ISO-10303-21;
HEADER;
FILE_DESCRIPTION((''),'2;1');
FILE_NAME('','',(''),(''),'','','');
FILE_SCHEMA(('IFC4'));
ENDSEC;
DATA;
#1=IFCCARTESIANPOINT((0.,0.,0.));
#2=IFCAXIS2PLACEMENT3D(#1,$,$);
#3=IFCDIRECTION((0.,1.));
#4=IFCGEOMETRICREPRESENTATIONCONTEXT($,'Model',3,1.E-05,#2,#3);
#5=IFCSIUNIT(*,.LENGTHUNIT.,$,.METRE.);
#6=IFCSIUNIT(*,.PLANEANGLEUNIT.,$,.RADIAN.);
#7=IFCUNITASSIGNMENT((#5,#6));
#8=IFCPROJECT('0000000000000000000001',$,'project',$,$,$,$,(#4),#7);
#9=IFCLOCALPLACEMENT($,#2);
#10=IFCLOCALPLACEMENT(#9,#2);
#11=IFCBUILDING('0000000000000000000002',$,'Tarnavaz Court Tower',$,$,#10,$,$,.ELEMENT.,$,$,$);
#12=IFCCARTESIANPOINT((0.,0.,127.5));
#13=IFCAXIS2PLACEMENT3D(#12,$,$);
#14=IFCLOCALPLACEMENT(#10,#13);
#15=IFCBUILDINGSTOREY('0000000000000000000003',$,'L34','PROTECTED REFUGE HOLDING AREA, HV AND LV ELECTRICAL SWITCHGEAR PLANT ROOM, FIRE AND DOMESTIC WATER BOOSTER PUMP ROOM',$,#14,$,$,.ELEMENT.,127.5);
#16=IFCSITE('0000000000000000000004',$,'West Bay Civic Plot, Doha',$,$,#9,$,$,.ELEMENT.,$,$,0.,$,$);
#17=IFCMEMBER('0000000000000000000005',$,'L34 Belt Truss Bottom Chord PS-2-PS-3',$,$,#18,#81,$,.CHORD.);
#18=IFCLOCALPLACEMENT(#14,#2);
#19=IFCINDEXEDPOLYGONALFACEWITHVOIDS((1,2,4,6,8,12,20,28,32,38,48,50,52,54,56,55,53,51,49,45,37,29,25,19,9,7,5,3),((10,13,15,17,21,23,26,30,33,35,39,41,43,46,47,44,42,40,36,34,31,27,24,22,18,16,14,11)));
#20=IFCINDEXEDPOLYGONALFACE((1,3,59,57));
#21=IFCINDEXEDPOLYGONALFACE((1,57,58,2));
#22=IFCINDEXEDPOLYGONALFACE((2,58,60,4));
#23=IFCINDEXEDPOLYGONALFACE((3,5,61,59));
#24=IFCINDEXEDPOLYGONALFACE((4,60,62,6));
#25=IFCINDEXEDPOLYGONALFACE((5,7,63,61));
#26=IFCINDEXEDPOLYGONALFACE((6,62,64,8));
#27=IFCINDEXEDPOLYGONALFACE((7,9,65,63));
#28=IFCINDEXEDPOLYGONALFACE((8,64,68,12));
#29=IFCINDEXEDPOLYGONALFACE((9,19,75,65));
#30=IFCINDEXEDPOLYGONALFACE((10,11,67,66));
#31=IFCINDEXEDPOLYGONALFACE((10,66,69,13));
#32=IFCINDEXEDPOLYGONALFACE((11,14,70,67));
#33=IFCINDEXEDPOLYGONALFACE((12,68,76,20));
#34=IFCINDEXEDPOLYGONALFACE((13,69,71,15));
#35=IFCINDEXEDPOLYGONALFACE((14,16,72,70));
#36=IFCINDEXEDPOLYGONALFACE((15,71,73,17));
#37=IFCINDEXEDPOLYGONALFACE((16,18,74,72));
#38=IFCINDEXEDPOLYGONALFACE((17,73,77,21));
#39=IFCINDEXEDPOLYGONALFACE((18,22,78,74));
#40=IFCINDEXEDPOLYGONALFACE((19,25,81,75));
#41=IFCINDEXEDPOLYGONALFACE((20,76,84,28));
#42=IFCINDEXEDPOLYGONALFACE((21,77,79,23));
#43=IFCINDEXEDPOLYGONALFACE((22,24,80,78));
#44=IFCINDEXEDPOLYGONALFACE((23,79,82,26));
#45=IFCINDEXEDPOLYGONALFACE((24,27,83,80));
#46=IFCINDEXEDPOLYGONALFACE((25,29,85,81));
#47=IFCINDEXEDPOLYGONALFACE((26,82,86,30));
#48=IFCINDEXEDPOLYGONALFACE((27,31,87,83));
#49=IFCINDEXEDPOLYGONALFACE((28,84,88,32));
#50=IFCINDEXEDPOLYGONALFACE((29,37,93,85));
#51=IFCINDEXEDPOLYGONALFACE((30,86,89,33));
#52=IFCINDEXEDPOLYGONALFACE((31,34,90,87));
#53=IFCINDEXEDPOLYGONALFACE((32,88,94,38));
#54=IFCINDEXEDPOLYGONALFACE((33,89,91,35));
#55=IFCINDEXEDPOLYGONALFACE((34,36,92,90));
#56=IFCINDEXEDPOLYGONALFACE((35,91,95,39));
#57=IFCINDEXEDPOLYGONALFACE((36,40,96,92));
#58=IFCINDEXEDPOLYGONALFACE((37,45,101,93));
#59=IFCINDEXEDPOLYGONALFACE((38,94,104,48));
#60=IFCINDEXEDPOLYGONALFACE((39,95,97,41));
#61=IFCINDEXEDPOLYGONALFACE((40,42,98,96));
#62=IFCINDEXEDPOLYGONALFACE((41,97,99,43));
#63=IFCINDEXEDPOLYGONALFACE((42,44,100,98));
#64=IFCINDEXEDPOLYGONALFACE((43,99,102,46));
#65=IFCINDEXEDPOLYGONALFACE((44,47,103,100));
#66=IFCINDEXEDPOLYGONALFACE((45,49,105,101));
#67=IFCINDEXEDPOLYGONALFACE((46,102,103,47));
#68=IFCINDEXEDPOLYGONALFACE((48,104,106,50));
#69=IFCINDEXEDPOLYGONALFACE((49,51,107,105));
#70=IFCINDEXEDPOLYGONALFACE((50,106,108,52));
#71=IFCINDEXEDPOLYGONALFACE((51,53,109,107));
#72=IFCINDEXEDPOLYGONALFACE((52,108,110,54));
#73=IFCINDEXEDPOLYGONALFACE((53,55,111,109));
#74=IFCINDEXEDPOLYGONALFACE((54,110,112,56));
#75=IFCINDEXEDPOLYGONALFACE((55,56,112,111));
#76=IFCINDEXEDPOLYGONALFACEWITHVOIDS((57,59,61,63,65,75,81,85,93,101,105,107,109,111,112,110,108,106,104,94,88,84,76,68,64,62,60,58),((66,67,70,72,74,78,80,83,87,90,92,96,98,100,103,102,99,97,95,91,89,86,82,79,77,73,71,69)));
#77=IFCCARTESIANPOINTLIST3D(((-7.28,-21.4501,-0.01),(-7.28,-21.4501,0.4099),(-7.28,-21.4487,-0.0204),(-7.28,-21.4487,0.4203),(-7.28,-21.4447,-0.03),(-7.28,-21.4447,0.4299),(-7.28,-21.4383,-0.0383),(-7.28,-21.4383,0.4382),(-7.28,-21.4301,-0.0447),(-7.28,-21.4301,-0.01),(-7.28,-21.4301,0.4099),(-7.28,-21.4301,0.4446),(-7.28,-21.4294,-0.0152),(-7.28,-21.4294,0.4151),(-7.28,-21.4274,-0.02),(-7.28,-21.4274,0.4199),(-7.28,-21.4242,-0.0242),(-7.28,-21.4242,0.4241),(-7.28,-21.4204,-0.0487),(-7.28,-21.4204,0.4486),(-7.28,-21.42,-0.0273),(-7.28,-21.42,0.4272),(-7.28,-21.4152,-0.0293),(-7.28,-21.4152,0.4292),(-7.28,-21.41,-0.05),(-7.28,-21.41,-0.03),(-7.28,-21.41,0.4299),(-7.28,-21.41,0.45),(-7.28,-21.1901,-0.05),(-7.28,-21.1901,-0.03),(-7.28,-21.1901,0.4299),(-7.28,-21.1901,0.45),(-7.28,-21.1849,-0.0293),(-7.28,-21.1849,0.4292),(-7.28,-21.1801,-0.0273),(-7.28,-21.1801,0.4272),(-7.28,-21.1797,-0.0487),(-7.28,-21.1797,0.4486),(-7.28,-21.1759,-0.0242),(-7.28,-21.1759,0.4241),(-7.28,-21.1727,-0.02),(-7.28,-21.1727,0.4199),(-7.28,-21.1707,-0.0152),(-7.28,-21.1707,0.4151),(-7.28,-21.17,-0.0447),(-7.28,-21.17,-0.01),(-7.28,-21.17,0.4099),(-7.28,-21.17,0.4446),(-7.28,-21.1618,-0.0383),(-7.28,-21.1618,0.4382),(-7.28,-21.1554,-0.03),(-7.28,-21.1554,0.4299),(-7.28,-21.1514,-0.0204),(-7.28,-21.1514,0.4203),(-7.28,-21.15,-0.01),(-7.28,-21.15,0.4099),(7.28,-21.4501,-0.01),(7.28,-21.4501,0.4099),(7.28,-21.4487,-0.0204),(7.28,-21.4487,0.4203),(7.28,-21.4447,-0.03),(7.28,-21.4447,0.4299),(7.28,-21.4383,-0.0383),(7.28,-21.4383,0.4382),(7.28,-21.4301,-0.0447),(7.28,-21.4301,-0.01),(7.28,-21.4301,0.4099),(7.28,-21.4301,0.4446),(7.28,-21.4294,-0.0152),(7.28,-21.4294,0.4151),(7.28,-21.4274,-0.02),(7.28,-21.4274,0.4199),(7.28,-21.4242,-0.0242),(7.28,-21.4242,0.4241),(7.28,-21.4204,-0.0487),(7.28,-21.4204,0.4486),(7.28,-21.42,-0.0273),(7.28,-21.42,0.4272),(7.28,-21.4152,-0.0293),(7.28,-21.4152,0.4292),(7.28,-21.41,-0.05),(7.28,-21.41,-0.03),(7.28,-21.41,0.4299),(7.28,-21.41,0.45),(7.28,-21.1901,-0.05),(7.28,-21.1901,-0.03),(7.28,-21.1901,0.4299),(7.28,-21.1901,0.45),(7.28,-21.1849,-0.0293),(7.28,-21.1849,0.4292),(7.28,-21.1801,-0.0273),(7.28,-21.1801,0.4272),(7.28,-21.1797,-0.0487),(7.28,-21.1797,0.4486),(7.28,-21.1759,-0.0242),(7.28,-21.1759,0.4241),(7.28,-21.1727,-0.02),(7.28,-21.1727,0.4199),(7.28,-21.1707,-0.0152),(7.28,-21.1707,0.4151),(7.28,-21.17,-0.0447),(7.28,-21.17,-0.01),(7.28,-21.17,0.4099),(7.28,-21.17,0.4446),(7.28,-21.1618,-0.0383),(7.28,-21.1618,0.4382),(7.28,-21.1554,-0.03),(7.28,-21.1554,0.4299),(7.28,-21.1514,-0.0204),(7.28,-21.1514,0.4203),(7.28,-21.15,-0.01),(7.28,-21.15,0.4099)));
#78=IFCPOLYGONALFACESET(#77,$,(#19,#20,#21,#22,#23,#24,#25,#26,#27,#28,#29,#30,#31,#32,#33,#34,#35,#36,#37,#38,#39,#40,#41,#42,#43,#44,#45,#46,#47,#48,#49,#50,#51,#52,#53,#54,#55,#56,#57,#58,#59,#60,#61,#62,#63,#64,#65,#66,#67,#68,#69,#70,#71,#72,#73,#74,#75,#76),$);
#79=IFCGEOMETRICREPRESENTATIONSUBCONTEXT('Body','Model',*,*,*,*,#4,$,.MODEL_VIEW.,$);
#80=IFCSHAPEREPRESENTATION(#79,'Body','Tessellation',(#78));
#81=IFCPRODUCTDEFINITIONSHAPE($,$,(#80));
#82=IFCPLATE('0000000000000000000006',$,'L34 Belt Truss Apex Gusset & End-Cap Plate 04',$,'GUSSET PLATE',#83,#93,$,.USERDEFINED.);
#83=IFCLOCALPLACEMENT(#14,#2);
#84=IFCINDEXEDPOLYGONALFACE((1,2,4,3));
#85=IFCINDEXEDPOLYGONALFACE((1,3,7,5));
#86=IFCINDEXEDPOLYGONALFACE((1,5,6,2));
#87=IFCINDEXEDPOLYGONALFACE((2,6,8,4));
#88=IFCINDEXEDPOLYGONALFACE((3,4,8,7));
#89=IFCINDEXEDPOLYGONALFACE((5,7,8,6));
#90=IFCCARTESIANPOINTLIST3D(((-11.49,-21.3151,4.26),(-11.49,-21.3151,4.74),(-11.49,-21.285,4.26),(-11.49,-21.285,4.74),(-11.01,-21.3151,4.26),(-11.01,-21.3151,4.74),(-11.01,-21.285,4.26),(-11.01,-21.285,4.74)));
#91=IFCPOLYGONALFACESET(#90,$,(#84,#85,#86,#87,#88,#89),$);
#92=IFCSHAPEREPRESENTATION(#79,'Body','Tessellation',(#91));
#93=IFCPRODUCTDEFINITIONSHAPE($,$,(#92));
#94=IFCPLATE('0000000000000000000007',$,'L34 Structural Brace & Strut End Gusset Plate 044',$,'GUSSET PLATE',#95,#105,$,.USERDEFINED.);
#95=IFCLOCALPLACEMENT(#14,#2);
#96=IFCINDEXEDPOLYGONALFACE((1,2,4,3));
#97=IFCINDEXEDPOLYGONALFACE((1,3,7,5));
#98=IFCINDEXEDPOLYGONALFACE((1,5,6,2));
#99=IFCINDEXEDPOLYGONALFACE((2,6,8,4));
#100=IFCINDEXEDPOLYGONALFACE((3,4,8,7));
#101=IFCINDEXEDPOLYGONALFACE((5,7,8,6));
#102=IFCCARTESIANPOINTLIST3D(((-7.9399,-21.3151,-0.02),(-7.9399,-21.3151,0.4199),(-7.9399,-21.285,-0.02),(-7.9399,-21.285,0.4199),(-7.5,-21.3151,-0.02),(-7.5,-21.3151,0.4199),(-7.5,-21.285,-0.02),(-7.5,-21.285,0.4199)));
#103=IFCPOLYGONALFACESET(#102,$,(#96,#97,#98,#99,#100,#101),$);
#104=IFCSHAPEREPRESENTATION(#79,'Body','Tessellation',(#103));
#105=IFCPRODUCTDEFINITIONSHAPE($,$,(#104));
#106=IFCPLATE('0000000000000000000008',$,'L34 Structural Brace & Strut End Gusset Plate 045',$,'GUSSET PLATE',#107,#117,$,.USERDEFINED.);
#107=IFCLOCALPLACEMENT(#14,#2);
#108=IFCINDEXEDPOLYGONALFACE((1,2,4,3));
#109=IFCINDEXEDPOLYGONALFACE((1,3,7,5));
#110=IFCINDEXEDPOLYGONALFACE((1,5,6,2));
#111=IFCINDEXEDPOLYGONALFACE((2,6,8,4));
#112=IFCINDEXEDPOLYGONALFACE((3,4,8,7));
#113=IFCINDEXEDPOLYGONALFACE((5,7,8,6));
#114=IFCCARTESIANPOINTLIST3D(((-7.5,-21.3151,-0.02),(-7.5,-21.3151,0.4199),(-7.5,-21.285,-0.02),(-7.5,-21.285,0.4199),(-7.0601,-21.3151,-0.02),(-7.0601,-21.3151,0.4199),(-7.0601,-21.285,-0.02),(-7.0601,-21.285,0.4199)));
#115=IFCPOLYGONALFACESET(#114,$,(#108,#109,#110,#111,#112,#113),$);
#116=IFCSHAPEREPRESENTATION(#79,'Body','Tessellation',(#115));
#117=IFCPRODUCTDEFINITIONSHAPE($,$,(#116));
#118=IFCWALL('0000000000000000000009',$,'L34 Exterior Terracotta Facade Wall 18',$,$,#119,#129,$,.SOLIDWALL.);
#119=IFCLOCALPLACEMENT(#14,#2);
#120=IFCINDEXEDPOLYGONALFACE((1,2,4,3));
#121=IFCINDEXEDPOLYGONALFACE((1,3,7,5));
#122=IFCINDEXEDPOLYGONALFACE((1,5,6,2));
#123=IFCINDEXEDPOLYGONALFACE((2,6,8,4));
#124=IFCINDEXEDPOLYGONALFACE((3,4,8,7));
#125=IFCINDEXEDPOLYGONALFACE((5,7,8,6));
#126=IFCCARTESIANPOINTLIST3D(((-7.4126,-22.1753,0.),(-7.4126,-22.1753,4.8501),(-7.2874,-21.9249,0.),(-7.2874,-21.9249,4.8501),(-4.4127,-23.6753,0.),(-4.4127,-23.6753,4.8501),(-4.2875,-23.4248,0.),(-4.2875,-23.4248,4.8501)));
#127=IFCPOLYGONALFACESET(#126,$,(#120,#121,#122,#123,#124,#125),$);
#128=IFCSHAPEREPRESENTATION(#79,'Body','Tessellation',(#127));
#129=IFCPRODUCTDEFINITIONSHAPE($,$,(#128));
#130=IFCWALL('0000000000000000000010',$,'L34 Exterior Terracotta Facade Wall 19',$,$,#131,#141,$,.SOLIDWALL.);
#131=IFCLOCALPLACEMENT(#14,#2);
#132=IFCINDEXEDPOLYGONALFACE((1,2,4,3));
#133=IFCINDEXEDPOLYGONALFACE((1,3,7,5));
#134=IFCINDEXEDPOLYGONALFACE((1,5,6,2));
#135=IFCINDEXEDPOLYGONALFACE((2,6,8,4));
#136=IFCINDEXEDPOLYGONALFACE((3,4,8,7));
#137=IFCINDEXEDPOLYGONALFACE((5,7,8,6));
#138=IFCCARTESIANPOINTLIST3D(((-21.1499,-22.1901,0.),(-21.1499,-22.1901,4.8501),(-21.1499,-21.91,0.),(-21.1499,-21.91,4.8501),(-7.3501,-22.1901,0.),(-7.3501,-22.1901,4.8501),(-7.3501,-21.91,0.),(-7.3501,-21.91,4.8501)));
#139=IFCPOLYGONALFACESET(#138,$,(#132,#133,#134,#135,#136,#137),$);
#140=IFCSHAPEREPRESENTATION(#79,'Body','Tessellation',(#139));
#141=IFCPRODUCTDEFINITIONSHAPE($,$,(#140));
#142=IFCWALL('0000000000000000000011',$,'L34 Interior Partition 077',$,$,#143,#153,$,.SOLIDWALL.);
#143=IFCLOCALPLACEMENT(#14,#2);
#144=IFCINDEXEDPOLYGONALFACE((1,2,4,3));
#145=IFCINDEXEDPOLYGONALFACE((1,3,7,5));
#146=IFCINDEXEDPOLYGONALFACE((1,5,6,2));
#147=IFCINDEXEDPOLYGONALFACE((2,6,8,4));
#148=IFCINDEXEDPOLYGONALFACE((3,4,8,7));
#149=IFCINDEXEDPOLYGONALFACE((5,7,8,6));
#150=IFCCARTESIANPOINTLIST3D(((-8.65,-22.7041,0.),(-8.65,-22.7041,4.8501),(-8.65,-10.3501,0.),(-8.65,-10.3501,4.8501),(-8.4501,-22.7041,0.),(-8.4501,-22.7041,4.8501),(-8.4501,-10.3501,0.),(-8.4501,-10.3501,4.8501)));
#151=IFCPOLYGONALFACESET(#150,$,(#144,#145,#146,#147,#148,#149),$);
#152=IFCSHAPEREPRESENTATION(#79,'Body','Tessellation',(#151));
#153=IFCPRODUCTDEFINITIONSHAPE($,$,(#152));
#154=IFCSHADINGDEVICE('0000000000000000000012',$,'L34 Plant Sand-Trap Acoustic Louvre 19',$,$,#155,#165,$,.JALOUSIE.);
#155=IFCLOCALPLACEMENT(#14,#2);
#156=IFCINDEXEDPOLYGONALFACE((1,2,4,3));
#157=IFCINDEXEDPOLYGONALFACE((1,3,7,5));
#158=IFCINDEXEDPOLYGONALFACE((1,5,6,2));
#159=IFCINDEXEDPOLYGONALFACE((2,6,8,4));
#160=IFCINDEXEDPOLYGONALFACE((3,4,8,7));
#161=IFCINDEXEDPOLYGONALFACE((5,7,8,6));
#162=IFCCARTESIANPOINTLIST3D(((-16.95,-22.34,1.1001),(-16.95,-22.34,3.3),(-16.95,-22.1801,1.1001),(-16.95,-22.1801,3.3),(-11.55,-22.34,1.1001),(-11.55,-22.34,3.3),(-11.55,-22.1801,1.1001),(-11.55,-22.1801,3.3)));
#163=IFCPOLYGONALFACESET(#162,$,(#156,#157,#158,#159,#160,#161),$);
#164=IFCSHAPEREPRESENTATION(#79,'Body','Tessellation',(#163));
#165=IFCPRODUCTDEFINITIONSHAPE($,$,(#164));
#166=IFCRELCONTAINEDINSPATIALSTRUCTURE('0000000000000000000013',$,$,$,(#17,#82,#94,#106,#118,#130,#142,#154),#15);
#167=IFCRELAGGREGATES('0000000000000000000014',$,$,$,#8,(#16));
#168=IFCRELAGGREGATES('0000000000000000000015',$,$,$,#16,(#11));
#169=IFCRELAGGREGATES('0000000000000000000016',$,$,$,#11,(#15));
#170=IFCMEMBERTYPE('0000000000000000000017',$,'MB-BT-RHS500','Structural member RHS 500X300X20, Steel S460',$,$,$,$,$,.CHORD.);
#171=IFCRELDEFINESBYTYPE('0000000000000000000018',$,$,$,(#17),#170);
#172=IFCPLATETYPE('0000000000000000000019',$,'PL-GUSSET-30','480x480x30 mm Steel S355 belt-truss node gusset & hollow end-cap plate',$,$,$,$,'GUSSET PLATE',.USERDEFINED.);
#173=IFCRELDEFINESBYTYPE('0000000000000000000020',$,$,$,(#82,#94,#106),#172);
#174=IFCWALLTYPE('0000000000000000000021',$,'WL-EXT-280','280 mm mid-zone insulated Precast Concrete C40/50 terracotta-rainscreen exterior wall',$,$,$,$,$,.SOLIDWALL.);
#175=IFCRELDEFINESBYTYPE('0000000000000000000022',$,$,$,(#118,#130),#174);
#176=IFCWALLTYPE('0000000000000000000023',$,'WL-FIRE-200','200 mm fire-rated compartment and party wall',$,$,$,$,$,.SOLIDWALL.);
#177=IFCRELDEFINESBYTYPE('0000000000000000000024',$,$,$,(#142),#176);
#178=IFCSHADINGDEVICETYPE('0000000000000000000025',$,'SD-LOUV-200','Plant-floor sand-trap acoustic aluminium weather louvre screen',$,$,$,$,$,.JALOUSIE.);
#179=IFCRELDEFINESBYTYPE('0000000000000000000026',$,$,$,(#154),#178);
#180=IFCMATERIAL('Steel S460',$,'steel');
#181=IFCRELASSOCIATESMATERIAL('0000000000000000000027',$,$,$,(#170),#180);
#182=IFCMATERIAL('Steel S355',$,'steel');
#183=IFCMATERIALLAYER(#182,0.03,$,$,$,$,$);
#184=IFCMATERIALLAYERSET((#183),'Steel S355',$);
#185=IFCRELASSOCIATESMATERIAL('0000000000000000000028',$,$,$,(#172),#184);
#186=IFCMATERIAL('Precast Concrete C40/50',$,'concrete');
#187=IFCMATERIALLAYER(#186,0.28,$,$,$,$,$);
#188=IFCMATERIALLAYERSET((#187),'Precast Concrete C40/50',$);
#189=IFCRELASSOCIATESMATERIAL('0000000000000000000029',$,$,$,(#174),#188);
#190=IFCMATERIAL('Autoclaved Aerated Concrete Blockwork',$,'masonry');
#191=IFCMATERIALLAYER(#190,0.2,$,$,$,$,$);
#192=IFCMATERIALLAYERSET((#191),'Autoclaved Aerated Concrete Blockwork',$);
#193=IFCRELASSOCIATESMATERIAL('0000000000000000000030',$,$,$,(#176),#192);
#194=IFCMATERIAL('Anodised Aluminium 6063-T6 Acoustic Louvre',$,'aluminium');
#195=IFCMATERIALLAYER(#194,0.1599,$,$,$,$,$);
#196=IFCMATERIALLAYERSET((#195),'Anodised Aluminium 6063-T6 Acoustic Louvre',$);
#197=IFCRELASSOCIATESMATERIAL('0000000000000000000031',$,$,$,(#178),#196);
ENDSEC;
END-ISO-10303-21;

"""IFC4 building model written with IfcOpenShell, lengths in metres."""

from ifc_helpers import new_model, si_unit, direction, frame, frame_2d, origin, origin_2d, place, context, subcontext, project, spatial, rectangle, hollow_rectangle, extrude, material, layer, layer_set, material_profile, profile_set, type_object, element, save


model = new_model("IFC4")

# Units and contexts
model_context = context("Model", 3, precision=1e-05, world=origin(), true_north=direction((0.0, 1.0)))
body_context = subcontext(model_context, "Body", "Model", "MODEL_VIEW")
ifc_project = project(units=[si_unit("LENGTHUNIT", "METRE"), si_unit("PLANEANGLEUNIT", "RADIAN")], contexts=[model_context])

# Site, building, storey
site_placement = place(None, origin())
site = spatial("IfcSite", under=ifc_project, at=site_placement, Name="West Bay Civic Plot, Doha", CompositionType="ELEMENT", RefElevation=0.0)
building_placement = place(site_placement, origin())
building = spatial("IfcBuilding", under=site, at=building_placement, Name="Tarnavaz Court Tower", CompositionType="ELEMENT")
storey_placement = place(building_placement, frame((0.0, 0.0, 127.5)))
storey = spatial("IfcBuildingStorey", under=building, at=storey_placement, Name="L34", Description="PROTECTED REFUGE HOLDING AREA, HV AND LV ELECTRICAL SWITCHGEAR PLANT ROOM, FIRE AND DOMESTIC WATER BOOSTER PUMP ROOM", CompositionType="ELEMENT", Elevation=127.5)

# Shared definitions
ifc_material_1 = material(Name="Steel S460", Category="steel")

# Shared definitions
ifc_material_2 = material(Name="Steel S355", Category="steel")

# Member
ifc_material_profile_1 = material_profile(ifc_material_1, hollow_rectangle(XDim=0.3, YDim=0.5, WallThickness=0.02, InnerFilletRadius=0.02, OuterFilletRadius=0.04, at=origin_2d()), Name="RHS 500X300X20")
ifc_profile_set_1 = profile_set([ifc_material_profile_1], Name="Steel S460")
member_type_1 = type_object("IfcMemberType", Name="MB-BT-RHS500", Description="Structural member RHS 500X300X20, Steel S460", PredefinedType="CHORD", material=ifc_profile_set_1)
member_1_placement = place(storey_placement, frame((-7.28, -21.3, 0.2), z_axis=(1.0, 0.0, 0.0), x_axis=(0.0, 1.0, 0.0)))
element("IfcMember", 1, at=member_1_placement, inside=storey, type_object=member_type_1, Name="L34 Belt Truss Bottom Chord PS-2-PS-3", PredefinedType="CHORD", context=body_context, shape_type="SweptSolid", body=[
    extrude(hollow_rectangle(XDim=0.3, YDim=0.5, WallThickness=0.02, InnerFilletRadius=0.02, OuterFilletRadius=0.04, at=origin_2d()), origin(), (0.0, 0.0, 1.0), 14.5601),
])

# Plates
ifc_layer_1 = layer(ifc_material_2, 0.03)
ifc_layer_set_1 = layer_set([ifc_layer_1], Name="Steel S355")
plate_type = type_object("IfcPlateType", Name="PL-GUSSET-30", Description="480x480x30 mm Steel S355 belt-truss node gusset & hollow end-cap plate", ElementType="GUSSET PLATE", PredefinedType="USERDEFINED", material=ifc_layer_set_1)
plate_placement = place(storey_placement, frame((-11.25, -21.3, 4.26), z_axis=(0.0, 0.0, 1.0), x_axis=(1.0, 0.0, 0.0)))
element("IfcPlate", 2, at=plate_placement, inside=storey, type_object=plate_type, Name="L34 Belt Truss Apex Gusset & End-Cap Plate 04", ObjectType="GUSSET PLATE", PredefinedType="USERDEFINED", context=body_context, shape_type="SweptSolid", body=[
    extrude(rectangle(XDim=0.48, YDim=0.03, at=origin_2d()), origin(), (0.0, 0.0, 1.0), 0.48),
])
for number, where, z_axis, x_axis, name in (
    (3, (-7.72, -21.3, -0.02), (0.0, 0.0, 1.0), (1.0, 0.0, 0.0), "L34 Structural Brace & Strut End Gusset Plate 044"),
    (4, (-7.28, -21.3, -0.02), (0.0, 0.0, 1.0), (1.0, 0.0, 0.0), "L34 Structural Brace & Strut End Gusset Plate 045"),
):
    element("IfcPlate", number, at=place(storey_placement, frame(where, z_axis=z_axis, x_axis=x_axis)), inside=storey, type_object=plate_type, Name=name, ObjectType="GUSSET PLATE", PredefinedType="USERDEFINED", context=body_context, shape_type="SweptSolid", body=[
        extrude(rectangle(XDim=0.4399, YDim=0.03, at=origin_2d()), origin(), (0.0, 0.0, 1.0), 0.4399),
    ])

# Walls
ifc_material_3 = material(Name="Precast Concrete C40/50", Category="concrete")
ifc_layer_2 = layer(ifc_material_3, 0.28)
ifc_layer_set_2 = layer_set([ifc_layer_2], Name="Precast Concrete C40/50")
wall_type_1 = type_object("IfcWallType", Name="WL-EXT-280", Description="280 mm mid-zone insulated Precast Concrete C40/50 terracotta-rainscreen exterior wall", PredefinedType="SOLIDWALL", material=ifc_layer_set_2)
wall_1_placement = place(storey_placement, frame((-4.3501, -23.55, 0.0), z_axis=(0.0, 0.0, 1.0), x_axis=(-0.894427, 0.447214, 0.0)))
element("IfcWall", 5, at=wall_1_placement, inside=storey, type_object=wall_type_1, Name="L34 Exterior Terracotta Facade Wall 18", PredefinedType="SOLIDWALL", context=body_context, shape_type="SweptSolid", body=[
    extrude(rectangle(XDim=3.354, YDim=0.28, at=frame_2d((1.677, 0.0))), origin(), (0.0, 0.0, 1.0), 4.8501),
])
wall_2_placement = place(storey_placement, frame((-7.3501, -22.05, 0.0), z_axis=(0.0, 0.0, 1.0), x_axis=(-1.0, 0.0, 0.0)))
element("IfcWall", 6, at=wall_2_placement, inside=storey, type_object=wall_type_1, Name="L34 Exterior Terracotta Facade Wall 19", PredefinedType="SOLIDWALL", context=body_context, shape_type="SweptSolid", body=[
    extrude(rectangle(XDim=13.7998, YDim=0.28, at=frame_2d((6.8999, 0.0))), origin(), (0.0, 0.0, 1.0), 4.8501),
])
ifc_material_4 = material(Name="Autoclaved Aerated Concrete Blockwork", Category="masonry")
ifc_layer_3 = layer(ifc_material_4, 0.2)
ifc_layer_set_3 = layer_set([ifc_layer_3], Name="Autoclaved Aerated Concrete Blockwork")
wall_type_2 = type_object("IfcWallType", Name="WL-FIRE-200", Description="200 mm fire-rated compartment and party wall", PredefinedType="SOLIDWALL", material=ifc_layer_set_3)
wall_3_placement = place(storey_placement, frame((-8.55, -22.7041, 0.0), z_axis=(0.0, 0.0, 1.0), x_axis=(0.0, 1.0, 0.0)))
element("IfcWall", 7, at=wall_3_placement, inside=storey, type_object=wall_type_2, Name="L34 Interior Partition 077", PredefinedType="SOLIDWALL", context=body_context, shape_type="SweptSolid", body=[
    extrude(rectangle(XDim=12.354, YDim=0.2, at=frame_2d((6.177, 0.0))), origin(), (0.0, 0.0, 1.0), 4.8501),
])

# Shading device
ifc_material_5 = material(Name="Anodised Aluminium 6063-T6 Acoustic Louvre", Category="aluminium")
ifc_layer_4 = layer(ifc_material_5, 0.1599)
ifc_layer_set_4 = layer_set([ifc_layer_4], Name="Anodised Aluminium 6063-T6 Acoustic Louvre")
shading_device_type = type_object("IfcShadingDeviceType", Name="SD-LOUV-200", Description="Plant-floor sand-trap acoustic aluminium weather louvre screen", PredefinedType="JALOUSIE", material=ifc_layer_set_4)
shading_device_placement = place(storey_placement, frame((-14.25, -22.26, 1.1001), z_axis=(0.0, 0.0, 1.0), x_axis=(-1.0, 0.0, 0.0)))
element("IfcShadingDevice", 8, at=shading_device_placement, inside=storey, type_object=shading_device_type, Name="L34 Plant Sand-Trap Acoustic Louvre 19", PredefinedType="JALOUSIE", context=body_context, shape_type="SweptSolid", body=[
    extrude(rectangle(XDim=5.3999, YDim=0.1599, at=origin_2d()), origin(), (0.0, 0.0, 1.0), 2.2),
])

save(model, "model.ifc")
